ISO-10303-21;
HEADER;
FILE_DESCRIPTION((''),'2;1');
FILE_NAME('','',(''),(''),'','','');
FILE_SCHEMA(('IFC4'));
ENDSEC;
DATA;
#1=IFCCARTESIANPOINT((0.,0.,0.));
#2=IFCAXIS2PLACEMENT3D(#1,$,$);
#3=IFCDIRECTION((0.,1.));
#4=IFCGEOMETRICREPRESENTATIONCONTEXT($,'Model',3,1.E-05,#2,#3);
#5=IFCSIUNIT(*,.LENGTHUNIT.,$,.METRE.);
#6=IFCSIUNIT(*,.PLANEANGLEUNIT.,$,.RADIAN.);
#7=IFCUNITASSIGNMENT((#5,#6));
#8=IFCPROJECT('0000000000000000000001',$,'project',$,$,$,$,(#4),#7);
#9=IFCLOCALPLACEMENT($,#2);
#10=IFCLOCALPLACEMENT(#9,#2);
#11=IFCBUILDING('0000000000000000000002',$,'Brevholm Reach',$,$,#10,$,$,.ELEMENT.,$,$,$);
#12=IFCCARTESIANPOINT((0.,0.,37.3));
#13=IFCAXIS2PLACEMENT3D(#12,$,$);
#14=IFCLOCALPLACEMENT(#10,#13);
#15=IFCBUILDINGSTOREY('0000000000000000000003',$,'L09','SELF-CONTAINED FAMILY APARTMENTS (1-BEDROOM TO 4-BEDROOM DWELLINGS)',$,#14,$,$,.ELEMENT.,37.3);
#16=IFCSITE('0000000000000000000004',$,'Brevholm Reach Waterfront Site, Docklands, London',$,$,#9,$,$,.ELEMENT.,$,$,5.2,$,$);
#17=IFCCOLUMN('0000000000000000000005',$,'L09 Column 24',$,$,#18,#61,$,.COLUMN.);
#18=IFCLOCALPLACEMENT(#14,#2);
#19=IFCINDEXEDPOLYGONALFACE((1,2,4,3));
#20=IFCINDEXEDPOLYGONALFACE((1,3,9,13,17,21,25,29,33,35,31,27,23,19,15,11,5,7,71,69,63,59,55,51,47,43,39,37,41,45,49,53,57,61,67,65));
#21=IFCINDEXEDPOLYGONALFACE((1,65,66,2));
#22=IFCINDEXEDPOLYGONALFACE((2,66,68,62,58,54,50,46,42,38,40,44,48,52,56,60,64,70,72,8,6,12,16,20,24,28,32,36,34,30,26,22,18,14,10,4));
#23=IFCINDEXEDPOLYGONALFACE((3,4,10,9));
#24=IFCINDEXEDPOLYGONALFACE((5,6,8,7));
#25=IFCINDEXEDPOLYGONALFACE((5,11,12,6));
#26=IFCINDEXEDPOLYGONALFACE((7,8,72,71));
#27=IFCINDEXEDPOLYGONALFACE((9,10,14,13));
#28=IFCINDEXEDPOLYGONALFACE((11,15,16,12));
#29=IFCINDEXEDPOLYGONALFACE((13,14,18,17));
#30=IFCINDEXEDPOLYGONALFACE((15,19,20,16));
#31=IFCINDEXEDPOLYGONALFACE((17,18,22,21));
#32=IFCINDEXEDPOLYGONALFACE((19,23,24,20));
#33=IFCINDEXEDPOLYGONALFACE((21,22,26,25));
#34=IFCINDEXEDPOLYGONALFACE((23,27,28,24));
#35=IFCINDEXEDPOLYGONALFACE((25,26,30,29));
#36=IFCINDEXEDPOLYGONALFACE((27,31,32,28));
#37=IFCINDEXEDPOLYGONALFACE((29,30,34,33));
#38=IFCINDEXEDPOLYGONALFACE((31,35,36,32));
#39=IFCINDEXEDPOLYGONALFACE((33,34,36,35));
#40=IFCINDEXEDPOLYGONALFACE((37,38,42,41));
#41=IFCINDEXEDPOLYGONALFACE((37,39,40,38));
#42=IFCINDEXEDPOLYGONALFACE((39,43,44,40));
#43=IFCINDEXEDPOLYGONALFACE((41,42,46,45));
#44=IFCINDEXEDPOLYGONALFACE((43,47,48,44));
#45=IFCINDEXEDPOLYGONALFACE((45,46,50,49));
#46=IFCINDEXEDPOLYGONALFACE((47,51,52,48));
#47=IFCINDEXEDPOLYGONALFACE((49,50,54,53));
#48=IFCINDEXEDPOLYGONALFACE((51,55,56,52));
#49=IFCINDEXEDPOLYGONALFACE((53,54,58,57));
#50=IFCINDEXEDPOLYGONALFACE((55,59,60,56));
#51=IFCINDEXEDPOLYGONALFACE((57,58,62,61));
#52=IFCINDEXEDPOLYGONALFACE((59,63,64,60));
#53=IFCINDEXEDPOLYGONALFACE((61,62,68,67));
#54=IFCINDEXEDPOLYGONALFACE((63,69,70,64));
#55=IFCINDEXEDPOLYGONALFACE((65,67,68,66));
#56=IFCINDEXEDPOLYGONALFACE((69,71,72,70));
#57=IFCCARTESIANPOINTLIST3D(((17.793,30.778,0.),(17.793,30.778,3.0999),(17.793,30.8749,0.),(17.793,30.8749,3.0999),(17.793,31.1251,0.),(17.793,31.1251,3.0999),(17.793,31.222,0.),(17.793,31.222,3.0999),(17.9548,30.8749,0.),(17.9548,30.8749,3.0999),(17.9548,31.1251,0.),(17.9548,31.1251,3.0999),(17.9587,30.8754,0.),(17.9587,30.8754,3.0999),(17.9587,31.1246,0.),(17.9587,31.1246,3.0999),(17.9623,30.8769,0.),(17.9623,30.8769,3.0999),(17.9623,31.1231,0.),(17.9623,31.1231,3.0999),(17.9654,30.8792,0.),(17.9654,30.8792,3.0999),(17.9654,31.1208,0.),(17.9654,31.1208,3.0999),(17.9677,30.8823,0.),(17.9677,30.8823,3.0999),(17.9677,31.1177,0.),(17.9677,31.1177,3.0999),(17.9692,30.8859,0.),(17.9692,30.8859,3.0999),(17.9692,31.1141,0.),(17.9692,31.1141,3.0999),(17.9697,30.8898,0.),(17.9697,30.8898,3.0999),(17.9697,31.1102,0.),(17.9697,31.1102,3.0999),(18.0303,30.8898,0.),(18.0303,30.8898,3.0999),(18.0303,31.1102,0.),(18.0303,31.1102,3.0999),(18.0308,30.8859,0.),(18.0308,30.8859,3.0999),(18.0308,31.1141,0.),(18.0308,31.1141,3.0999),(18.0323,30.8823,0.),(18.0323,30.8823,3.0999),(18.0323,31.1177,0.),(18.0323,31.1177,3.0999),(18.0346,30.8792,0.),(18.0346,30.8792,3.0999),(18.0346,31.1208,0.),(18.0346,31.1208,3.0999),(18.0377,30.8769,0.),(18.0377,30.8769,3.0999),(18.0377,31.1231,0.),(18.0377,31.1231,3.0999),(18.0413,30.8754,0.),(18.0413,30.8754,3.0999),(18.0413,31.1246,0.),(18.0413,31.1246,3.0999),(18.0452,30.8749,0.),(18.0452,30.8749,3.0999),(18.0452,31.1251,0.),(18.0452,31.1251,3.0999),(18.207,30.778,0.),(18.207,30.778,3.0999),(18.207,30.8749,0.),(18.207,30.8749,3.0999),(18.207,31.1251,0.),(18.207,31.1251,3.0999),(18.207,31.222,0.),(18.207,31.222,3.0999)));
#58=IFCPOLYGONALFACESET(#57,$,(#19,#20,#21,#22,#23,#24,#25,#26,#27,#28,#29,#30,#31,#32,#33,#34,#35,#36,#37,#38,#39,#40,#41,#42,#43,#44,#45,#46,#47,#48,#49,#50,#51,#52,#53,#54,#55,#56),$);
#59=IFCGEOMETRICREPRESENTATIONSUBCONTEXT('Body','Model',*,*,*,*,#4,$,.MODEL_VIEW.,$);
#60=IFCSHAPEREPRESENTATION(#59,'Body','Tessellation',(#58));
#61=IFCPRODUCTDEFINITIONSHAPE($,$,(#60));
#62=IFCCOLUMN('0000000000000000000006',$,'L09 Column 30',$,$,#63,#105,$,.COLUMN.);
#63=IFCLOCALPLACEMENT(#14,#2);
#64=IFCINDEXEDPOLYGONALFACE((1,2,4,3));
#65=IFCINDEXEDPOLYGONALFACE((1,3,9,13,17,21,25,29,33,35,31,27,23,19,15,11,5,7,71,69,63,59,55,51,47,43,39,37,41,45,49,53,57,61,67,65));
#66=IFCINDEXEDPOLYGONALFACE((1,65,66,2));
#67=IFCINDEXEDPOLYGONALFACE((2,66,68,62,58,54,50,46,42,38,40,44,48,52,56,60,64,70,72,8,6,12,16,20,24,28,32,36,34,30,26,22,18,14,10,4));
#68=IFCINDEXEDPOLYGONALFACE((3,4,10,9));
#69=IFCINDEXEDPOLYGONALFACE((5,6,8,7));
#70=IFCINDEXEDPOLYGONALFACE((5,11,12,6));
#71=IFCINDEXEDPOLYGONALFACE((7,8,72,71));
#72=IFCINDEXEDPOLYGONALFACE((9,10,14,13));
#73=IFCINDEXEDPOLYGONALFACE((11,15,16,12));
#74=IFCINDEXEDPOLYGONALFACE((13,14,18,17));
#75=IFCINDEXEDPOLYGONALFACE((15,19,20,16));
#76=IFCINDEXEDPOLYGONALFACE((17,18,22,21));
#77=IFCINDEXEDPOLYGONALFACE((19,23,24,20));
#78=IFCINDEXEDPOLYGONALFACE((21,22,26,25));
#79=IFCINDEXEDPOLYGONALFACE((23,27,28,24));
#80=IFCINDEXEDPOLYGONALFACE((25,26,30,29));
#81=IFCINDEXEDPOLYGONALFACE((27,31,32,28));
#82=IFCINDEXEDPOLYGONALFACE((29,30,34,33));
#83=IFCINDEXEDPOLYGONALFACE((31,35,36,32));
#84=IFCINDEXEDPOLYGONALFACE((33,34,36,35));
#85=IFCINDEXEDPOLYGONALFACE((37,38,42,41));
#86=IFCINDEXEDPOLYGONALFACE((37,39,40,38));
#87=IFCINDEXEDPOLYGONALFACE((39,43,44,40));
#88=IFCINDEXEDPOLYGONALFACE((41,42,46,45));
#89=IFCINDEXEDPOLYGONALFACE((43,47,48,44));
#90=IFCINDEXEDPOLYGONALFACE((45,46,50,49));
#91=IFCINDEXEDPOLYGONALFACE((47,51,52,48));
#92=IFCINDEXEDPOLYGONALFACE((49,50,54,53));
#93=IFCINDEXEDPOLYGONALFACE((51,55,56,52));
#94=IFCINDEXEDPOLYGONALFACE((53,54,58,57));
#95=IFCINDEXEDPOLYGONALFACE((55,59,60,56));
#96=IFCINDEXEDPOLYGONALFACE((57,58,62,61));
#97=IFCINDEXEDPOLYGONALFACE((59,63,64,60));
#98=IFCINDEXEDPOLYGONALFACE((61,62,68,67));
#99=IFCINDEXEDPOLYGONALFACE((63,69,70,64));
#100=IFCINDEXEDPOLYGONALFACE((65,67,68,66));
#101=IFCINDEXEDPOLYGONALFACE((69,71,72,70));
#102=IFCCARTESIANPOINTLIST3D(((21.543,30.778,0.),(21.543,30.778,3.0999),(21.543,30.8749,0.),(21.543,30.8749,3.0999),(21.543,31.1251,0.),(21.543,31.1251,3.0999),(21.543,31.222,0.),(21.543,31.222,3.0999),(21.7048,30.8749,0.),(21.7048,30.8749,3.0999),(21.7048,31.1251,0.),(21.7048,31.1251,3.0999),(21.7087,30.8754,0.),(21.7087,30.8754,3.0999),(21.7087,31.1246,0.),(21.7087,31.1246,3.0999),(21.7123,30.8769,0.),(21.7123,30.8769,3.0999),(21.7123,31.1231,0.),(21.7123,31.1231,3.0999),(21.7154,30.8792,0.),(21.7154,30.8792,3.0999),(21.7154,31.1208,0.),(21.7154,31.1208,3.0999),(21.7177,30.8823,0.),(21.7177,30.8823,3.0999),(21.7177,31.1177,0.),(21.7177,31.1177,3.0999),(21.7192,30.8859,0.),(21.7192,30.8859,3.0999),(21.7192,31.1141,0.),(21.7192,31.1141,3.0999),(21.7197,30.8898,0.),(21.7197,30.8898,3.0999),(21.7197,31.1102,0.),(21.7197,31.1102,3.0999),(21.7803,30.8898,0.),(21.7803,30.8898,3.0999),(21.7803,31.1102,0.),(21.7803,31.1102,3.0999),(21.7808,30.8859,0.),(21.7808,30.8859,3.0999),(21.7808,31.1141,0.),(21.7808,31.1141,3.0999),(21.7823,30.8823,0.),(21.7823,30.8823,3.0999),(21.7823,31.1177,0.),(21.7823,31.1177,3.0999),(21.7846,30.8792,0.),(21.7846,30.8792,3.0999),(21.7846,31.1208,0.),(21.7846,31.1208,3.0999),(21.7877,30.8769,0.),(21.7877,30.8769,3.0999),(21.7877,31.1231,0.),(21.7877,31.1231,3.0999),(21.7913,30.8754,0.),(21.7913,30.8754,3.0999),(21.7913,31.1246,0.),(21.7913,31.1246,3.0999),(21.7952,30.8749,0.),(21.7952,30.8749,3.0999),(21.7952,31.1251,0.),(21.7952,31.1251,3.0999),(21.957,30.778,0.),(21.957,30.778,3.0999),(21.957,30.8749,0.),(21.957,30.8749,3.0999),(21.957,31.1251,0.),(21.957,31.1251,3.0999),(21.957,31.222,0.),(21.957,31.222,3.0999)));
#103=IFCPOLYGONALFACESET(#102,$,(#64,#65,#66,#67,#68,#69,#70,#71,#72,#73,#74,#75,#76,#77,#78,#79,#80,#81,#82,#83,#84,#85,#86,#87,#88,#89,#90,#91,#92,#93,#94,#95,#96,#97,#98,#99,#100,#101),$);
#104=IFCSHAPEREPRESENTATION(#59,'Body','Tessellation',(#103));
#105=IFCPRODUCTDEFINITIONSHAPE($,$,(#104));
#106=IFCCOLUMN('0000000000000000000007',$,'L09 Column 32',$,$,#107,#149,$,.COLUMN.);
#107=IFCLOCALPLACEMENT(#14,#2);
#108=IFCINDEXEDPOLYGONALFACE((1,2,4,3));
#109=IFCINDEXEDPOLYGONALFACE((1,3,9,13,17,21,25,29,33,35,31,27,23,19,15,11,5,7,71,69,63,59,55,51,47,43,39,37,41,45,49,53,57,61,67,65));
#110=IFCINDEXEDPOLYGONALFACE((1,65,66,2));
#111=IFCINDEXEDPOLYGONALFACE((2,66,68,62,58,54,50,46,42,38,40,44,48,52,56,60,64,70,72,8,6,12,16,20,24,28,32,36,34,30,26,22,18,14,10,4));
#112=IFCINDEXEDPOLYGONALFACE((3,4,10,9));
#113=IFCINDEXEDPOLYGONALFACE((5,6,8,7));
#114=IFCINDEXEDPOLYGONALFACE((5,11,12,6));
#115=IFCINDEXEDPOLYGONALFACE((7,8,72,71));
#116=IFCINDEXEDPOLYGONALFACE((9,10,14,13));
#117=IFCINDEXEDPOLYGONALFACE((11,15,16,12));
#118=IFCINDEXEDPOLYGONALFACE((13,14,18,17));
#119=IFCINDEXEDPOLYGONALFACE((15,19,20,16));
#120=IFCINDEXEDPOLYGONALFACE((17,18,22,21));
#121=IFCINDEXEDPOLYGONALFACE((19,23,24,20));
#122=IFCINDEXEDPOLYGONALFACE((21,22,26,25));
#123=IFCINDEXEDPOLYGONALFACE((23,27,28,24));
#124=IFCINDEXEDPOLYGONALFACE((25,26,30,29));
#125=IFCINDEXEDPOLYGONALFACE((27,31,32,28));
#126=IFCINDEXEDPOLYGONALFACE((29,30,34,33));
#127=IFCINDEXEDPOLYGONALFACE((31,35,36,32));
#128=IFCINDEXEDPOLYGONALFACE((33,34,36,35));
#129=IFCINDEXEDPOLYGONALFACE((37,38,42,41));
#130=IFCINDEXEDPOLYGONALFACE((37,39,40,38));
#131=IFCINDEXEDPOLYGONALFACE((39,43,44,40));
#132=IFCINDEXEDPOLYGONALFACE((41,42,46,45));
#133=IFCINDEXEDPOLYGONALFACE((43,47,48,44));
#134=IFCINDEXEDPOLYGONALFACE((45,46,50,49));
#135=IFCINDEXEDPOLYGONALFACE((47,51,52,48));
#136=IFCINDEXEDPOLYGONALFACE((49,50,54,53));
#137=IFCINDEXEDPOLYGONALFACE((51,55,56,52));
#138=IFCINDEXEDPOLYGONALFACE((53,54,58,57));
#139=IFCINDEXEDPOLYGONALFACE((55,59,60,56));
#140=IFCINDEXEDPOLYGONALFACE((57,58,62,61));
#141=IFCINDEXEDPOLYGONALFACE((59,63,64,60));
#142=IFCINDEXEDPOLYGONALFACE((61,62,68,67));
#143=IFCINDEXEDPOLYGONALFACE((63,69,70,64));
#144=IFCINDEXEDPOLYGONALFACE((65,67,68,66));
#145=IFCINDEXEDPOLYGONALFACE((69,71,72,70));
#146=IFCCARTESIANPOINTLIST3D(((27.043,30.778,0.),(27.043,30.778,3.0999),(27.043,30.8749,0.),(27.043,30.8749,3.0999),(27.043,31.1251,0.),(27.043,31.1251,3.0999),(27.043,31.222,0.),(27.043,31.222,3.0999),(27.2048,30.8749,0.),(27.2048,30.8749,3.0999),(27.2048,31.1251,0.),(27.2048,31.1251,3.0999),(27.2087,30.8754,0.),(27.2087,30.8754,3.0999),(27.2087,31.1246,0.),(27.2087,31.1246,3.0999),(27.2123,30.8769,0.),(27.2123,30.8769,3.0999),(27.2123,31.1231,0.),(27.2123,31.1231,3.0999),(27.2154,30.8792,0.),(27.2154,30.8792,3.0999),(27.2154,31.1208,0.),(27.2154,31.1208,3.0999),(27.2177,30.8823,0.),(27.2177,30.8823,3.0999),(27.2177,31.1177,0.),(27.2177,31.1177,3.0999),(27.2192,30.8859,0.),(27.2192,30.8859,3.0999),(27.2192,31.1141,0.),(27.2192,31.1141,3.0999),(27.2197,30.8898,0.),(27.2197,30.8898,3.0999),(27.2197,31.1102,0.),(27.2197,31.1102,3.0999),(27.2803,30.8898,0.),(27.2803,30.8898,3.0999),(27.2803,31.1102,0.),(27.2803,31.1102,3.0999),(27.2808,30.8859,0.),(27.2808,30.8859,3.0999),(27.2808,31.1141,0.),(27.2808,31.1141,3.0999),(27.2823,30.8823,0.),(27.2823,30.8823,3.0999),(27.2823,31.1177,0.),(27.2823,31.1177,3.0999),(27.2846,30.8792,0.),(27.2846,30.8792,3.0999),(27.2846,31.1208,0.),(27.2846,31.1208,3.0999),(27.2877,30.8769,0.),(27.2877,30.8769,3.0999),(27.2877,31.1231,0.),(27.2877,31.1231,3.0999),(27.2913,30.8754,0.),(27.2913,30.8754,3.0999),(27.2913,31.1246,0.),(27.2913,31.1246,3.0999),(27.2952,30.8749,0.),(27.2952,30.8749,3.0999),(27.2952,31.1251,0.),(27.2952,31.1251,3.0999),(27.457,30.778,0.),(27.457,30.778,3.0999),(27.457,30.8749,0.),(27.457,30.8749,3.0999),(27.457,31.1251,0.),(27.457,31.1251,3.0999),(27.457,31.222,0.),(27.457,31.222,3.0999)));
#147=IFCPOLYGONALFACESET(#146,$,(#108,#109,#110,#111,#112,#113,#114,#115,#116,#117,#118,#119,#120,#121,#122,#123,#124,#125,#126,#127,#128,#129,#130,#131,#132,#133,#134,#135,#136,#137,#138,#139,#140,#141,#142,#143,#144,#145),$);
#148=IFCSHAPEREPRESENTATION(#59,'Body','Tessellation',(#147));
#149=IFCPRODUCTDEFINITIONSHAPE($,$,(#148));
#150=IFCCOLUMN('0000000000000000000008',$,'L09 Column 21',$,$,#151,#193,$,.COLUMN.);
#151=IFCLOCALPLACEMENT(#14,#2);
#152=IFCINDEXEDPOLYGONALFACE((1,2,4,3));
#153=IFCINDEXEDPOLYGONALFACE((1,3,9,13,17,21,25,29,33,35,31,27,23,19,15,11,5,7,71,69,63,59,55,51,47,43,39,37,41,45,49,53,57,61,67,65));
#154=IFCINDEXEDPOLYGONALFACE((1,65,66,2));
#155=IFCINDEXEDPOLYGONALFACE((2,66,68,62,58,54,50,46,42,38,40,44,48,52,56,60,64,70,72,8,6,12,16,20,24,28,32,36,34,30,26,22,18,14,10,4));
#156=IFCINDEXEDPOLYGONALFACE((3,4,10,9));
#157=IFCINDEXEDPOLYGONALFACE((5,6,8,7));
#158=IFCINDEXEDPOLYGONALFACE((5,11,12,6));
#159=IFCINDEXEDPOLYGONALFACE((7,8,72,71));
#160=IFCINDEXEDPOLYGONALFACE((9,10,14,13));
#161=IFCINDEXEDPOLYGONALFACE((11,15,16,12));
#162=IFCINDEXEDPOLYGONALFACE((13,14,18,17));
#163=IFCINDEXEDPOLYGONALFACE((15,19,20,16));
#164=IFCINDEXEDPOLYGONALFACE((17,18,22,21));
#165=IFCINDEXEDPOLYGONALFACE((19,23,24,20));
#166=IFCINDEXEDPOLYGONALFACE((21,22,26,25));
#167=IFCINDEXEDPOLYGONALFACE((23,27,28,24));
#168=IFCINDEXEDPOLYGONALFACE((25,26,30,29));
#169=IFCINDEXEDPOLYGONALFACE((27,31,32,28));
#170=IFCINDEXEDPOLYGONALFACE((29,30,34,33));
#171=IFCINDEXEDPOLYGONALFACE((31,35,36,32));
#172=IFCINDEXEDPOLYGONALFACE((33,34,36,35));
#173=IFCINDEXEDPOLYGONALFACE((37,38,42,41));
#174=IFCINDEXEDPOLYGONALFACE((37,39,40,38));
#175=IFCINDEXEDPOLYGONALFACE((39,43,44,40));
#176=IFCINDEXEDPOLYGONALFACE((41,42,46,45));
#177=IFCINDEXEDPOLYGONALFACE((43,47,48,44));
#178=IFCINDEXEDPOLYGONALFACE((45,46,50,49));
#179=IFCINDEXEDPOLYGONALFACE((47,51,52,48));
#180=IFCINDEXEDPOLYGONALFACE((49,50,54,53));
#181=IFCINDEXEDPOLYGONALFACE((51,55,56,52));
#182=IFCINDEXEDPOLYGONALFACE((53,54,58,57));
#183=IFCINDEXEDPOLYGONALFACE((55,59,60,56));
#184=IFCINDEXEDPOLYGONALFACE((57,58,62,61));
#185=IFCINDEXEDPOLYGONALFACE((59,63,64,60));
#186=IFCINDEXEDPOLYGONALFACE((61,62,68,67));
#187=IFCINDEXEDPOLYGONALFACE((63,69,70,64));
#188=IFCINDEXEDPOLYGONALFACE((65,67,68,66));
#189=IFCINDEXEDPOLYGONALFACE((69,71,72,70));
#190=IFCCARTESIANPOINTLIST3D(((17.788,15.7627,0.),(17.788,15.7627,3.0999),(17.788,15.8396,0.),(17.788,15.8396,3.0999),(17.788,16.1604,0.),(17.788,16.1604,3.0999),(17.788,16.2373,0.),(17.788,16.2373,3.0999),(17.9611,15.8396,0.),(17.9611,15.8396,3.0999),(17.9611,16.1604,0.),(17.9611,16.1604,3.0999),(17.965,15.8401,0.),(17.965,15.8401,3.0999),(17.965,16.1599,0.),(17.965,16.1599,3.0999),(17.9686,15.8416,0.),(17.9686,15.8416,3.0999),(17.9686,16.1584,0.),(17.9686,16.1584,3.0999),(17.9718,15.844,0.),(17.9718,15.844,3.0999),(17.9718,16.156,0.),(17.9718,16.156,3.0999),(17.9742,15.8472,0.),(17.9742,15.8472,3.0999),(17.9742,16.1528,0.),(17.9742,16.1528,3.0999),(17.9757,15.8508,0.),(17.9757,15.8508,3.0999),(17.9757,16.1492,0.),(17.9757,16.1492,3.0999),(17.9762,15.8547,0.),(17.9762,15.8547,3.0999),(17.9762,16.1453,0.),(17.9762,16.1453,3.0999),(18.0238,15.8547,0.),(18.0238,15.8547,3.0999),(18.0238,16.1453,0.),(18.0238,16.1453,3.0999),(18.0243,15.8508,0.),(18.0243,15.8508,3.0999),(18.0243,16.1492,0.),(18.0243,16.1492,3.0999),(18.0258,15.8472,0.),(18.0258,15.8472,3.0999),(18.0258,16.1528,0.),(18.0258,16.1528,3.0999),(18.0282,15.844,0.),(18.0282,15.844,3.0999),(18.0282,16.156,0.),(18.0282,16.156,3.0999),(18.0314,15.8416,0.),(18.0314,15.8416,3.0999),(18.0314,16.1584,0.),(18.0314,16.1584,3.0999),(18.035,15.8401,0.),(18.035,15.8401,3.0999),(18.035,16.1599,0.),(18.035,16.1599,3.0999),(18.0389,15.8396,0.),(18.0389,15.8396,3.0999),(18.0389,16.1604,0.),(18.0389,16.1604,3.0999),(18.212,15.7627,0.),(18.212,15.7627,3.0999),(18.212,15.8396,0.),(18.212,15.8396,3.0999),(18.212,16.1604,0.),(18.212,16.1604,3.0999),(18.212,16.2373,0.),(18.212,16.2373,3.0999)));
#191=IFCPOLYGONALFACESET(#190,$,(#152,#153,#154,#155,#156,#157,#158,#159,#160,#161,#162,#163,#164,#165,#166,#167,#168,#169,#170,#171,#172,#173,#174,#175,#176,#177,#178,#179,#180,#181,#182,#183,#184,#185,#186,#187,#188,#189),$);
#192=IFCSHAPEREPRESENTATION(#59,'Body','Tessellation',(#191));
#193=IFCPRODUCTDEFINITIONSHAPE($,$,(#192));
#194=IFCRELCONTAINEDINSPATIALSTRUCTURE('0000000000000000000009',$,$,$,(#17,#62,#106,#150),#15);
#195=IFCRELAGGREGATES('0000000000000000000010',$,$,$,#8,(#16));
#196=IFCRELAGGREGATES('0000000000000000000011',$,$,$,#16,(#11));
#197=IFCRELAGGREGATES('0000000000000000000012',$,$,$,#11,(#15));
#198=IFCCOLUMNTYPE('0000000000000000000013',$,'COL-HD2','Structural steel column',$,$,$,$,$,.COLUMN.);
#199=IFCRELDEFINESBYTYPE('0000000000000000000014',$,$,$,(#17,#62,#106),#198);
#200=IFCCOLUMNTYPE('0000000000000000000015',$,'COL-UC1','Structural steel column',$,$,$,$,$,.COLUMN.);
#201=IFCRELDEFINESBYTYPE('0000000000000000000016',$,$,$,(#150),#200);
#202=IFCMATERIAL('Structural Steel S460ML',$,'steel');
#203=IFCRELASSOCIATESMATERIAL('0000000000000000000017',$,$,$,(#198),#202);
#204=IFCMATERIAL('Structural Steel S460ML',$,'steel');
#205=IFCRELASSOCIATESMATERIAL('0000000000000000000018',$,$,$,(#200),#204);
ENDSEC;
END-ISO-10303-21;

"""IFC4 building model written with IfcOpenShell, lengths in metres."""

from ifc_helpers import new_model, si_unit, direction, frame, origin, origin_2d, place, context, subcontext, project, spatial, i_section, extrude, material, material_profile, profile_set, type_object, element, save


model = new_model("IFC4")

# Units and contexts
model_context = context("Model", 3, precision=1e-05, world=origin(), true_north=direction((0.0, 1.0)))
body_context = subcontext(model_context, "Body", "Model", "MODEL_VIEW")
ifc_project = project(units=[si_unit("LENGTHUNIT", "METRE"), si_unit("PLANEANGLEUNIT", "RADIAN")], contexts=[model_context])

# Site, building, storey
site_placement = place(None, origin())
site = spatial("IfcSite", under=ifc_project, at=site_placement, Name="Brevholm Reach Waterfront Site, Docklands, London", CompositionType="ELEMENT", RefElevation=5.2)
building_placement = place(site_placement, origin())
building = spatial("IfcBuilding", under=site, at=building_placement, Name="Brevholm Reach", CompositionType="ELEMENT")
storey_placement = place(building_placement, frame((0.0, 0.0, 37.3)))
storey = spatial("IfcBuildingStorey", under=building, at=storey_placement, Name="L09", Description="SELF-CONTAINED FAMILY APARTMENTS (1-BEDROOM TO 4-BEDROOM DWELLINGS)", CompositionType="ELEMENT", Elevation=37.3)

# Columns
ifc_material_1 = material(Name="Structural Steel S460ML", Category="steel")
ifc_material_profile_1 = material_profile(ifc_material_1, i_section(OverallWidth=0.4141, OverallDepth=0.4441, WebThickness=0.0605, FlangeThickness=0.0969, FilletRadius=0.0149, at=origin_2d()), Name="HD 400x818")
ifc_profile_set_1 = profile_set([ifc_material_profile_1], Name="Structural Steel S460ML")
column_type_1 = type_object("IfcColumnType", Name="COL-HD2", Description="Structural steel column", PredefinedType="COLUMN", material=ifc_profile_set_1)
for number, where, z_axis, x_axis, name in (
    (1, (18.0, 31.0, 0.0), (0.0, 0.0, 1.0), (1.0, 0.0, 0.0), "L09 Column 24"),
    (2, (21.75, 31.0, 0.0), (0.0, 0.0, 1.0), (1.0, 0.0, 0.0), "L09 Column 30"),
    (3, (27.25, 31.0, 0.0), (0.0, 0.0, 1.0), (1.0, 0.0, 0.0), "L09 Column 32"),
):
    element("IfcColumn", number, at=place(storey_placement, frame(where, z_axis=z_axis, x_axis=x_axis)), inside=storey, type_object=column_type_1, Name=name, PredefinedType="COLUMN", context=body_context, shape_type="SweptSolid", body=[
        extrude(i_section(OverallWidth=0.4141, OverallDepth=0.4441, WebThickness=0.0605, FlangeThickness=0.0969, FilletRadius=0.0149, at=origin_2d()), origin(), (0.0, 0.0, 1.0), 3.0999),
    ])
ifc_material_2 = material(Name="Structural Steel S460ML", Category="steel")
ifc_material_profile_2 = material_profile(ifc_material_2, i_section(OverallWidth=0.4241, OverallDepth=0.4746, WebThickness=0.0476, FlangeThickness=0.0769, FilletRadius=0.0151, at=origin_2d()), Name="UKC 356x406x634")
ifc_profile_set_2 = profile_set([ifc_material_profile_2], Name="Structural Steel S460ML")
column_type_2 = type_object("IfcColumnType", Name="COL-UC1", Description="Structural steel column", PredefinedType="COLUMN", material=ifc_profile_set_2)
for number, where, z_axis, x_axis, name in (
    (4, (18.0, 16.0, 0.0), (0.0, 0.0, 1.0), (1.0, 0.0, 0.0), "L09 Column 21"),
):
    element("IfcColumn", number, at=place(storey_placement, frame(where, z_axis=z_axis, x_axis=x_axis)), inside=storey, type_object=column_type_2, Name=name, PredefinedType="COLUMN", context=body_context, shape_type="SweptSolid", body=[
        extrude(i_section(OverallWidth=0.4241, OverallDepth=0.4746, WebThickness=0.0476, FlangeThickness=0.0769, FilletRadius=0.0151, at=origin_2d()), origin(), (0.0, 0.0, 1.0), 3.0999),
    ])

save(model, "model.ifc")
